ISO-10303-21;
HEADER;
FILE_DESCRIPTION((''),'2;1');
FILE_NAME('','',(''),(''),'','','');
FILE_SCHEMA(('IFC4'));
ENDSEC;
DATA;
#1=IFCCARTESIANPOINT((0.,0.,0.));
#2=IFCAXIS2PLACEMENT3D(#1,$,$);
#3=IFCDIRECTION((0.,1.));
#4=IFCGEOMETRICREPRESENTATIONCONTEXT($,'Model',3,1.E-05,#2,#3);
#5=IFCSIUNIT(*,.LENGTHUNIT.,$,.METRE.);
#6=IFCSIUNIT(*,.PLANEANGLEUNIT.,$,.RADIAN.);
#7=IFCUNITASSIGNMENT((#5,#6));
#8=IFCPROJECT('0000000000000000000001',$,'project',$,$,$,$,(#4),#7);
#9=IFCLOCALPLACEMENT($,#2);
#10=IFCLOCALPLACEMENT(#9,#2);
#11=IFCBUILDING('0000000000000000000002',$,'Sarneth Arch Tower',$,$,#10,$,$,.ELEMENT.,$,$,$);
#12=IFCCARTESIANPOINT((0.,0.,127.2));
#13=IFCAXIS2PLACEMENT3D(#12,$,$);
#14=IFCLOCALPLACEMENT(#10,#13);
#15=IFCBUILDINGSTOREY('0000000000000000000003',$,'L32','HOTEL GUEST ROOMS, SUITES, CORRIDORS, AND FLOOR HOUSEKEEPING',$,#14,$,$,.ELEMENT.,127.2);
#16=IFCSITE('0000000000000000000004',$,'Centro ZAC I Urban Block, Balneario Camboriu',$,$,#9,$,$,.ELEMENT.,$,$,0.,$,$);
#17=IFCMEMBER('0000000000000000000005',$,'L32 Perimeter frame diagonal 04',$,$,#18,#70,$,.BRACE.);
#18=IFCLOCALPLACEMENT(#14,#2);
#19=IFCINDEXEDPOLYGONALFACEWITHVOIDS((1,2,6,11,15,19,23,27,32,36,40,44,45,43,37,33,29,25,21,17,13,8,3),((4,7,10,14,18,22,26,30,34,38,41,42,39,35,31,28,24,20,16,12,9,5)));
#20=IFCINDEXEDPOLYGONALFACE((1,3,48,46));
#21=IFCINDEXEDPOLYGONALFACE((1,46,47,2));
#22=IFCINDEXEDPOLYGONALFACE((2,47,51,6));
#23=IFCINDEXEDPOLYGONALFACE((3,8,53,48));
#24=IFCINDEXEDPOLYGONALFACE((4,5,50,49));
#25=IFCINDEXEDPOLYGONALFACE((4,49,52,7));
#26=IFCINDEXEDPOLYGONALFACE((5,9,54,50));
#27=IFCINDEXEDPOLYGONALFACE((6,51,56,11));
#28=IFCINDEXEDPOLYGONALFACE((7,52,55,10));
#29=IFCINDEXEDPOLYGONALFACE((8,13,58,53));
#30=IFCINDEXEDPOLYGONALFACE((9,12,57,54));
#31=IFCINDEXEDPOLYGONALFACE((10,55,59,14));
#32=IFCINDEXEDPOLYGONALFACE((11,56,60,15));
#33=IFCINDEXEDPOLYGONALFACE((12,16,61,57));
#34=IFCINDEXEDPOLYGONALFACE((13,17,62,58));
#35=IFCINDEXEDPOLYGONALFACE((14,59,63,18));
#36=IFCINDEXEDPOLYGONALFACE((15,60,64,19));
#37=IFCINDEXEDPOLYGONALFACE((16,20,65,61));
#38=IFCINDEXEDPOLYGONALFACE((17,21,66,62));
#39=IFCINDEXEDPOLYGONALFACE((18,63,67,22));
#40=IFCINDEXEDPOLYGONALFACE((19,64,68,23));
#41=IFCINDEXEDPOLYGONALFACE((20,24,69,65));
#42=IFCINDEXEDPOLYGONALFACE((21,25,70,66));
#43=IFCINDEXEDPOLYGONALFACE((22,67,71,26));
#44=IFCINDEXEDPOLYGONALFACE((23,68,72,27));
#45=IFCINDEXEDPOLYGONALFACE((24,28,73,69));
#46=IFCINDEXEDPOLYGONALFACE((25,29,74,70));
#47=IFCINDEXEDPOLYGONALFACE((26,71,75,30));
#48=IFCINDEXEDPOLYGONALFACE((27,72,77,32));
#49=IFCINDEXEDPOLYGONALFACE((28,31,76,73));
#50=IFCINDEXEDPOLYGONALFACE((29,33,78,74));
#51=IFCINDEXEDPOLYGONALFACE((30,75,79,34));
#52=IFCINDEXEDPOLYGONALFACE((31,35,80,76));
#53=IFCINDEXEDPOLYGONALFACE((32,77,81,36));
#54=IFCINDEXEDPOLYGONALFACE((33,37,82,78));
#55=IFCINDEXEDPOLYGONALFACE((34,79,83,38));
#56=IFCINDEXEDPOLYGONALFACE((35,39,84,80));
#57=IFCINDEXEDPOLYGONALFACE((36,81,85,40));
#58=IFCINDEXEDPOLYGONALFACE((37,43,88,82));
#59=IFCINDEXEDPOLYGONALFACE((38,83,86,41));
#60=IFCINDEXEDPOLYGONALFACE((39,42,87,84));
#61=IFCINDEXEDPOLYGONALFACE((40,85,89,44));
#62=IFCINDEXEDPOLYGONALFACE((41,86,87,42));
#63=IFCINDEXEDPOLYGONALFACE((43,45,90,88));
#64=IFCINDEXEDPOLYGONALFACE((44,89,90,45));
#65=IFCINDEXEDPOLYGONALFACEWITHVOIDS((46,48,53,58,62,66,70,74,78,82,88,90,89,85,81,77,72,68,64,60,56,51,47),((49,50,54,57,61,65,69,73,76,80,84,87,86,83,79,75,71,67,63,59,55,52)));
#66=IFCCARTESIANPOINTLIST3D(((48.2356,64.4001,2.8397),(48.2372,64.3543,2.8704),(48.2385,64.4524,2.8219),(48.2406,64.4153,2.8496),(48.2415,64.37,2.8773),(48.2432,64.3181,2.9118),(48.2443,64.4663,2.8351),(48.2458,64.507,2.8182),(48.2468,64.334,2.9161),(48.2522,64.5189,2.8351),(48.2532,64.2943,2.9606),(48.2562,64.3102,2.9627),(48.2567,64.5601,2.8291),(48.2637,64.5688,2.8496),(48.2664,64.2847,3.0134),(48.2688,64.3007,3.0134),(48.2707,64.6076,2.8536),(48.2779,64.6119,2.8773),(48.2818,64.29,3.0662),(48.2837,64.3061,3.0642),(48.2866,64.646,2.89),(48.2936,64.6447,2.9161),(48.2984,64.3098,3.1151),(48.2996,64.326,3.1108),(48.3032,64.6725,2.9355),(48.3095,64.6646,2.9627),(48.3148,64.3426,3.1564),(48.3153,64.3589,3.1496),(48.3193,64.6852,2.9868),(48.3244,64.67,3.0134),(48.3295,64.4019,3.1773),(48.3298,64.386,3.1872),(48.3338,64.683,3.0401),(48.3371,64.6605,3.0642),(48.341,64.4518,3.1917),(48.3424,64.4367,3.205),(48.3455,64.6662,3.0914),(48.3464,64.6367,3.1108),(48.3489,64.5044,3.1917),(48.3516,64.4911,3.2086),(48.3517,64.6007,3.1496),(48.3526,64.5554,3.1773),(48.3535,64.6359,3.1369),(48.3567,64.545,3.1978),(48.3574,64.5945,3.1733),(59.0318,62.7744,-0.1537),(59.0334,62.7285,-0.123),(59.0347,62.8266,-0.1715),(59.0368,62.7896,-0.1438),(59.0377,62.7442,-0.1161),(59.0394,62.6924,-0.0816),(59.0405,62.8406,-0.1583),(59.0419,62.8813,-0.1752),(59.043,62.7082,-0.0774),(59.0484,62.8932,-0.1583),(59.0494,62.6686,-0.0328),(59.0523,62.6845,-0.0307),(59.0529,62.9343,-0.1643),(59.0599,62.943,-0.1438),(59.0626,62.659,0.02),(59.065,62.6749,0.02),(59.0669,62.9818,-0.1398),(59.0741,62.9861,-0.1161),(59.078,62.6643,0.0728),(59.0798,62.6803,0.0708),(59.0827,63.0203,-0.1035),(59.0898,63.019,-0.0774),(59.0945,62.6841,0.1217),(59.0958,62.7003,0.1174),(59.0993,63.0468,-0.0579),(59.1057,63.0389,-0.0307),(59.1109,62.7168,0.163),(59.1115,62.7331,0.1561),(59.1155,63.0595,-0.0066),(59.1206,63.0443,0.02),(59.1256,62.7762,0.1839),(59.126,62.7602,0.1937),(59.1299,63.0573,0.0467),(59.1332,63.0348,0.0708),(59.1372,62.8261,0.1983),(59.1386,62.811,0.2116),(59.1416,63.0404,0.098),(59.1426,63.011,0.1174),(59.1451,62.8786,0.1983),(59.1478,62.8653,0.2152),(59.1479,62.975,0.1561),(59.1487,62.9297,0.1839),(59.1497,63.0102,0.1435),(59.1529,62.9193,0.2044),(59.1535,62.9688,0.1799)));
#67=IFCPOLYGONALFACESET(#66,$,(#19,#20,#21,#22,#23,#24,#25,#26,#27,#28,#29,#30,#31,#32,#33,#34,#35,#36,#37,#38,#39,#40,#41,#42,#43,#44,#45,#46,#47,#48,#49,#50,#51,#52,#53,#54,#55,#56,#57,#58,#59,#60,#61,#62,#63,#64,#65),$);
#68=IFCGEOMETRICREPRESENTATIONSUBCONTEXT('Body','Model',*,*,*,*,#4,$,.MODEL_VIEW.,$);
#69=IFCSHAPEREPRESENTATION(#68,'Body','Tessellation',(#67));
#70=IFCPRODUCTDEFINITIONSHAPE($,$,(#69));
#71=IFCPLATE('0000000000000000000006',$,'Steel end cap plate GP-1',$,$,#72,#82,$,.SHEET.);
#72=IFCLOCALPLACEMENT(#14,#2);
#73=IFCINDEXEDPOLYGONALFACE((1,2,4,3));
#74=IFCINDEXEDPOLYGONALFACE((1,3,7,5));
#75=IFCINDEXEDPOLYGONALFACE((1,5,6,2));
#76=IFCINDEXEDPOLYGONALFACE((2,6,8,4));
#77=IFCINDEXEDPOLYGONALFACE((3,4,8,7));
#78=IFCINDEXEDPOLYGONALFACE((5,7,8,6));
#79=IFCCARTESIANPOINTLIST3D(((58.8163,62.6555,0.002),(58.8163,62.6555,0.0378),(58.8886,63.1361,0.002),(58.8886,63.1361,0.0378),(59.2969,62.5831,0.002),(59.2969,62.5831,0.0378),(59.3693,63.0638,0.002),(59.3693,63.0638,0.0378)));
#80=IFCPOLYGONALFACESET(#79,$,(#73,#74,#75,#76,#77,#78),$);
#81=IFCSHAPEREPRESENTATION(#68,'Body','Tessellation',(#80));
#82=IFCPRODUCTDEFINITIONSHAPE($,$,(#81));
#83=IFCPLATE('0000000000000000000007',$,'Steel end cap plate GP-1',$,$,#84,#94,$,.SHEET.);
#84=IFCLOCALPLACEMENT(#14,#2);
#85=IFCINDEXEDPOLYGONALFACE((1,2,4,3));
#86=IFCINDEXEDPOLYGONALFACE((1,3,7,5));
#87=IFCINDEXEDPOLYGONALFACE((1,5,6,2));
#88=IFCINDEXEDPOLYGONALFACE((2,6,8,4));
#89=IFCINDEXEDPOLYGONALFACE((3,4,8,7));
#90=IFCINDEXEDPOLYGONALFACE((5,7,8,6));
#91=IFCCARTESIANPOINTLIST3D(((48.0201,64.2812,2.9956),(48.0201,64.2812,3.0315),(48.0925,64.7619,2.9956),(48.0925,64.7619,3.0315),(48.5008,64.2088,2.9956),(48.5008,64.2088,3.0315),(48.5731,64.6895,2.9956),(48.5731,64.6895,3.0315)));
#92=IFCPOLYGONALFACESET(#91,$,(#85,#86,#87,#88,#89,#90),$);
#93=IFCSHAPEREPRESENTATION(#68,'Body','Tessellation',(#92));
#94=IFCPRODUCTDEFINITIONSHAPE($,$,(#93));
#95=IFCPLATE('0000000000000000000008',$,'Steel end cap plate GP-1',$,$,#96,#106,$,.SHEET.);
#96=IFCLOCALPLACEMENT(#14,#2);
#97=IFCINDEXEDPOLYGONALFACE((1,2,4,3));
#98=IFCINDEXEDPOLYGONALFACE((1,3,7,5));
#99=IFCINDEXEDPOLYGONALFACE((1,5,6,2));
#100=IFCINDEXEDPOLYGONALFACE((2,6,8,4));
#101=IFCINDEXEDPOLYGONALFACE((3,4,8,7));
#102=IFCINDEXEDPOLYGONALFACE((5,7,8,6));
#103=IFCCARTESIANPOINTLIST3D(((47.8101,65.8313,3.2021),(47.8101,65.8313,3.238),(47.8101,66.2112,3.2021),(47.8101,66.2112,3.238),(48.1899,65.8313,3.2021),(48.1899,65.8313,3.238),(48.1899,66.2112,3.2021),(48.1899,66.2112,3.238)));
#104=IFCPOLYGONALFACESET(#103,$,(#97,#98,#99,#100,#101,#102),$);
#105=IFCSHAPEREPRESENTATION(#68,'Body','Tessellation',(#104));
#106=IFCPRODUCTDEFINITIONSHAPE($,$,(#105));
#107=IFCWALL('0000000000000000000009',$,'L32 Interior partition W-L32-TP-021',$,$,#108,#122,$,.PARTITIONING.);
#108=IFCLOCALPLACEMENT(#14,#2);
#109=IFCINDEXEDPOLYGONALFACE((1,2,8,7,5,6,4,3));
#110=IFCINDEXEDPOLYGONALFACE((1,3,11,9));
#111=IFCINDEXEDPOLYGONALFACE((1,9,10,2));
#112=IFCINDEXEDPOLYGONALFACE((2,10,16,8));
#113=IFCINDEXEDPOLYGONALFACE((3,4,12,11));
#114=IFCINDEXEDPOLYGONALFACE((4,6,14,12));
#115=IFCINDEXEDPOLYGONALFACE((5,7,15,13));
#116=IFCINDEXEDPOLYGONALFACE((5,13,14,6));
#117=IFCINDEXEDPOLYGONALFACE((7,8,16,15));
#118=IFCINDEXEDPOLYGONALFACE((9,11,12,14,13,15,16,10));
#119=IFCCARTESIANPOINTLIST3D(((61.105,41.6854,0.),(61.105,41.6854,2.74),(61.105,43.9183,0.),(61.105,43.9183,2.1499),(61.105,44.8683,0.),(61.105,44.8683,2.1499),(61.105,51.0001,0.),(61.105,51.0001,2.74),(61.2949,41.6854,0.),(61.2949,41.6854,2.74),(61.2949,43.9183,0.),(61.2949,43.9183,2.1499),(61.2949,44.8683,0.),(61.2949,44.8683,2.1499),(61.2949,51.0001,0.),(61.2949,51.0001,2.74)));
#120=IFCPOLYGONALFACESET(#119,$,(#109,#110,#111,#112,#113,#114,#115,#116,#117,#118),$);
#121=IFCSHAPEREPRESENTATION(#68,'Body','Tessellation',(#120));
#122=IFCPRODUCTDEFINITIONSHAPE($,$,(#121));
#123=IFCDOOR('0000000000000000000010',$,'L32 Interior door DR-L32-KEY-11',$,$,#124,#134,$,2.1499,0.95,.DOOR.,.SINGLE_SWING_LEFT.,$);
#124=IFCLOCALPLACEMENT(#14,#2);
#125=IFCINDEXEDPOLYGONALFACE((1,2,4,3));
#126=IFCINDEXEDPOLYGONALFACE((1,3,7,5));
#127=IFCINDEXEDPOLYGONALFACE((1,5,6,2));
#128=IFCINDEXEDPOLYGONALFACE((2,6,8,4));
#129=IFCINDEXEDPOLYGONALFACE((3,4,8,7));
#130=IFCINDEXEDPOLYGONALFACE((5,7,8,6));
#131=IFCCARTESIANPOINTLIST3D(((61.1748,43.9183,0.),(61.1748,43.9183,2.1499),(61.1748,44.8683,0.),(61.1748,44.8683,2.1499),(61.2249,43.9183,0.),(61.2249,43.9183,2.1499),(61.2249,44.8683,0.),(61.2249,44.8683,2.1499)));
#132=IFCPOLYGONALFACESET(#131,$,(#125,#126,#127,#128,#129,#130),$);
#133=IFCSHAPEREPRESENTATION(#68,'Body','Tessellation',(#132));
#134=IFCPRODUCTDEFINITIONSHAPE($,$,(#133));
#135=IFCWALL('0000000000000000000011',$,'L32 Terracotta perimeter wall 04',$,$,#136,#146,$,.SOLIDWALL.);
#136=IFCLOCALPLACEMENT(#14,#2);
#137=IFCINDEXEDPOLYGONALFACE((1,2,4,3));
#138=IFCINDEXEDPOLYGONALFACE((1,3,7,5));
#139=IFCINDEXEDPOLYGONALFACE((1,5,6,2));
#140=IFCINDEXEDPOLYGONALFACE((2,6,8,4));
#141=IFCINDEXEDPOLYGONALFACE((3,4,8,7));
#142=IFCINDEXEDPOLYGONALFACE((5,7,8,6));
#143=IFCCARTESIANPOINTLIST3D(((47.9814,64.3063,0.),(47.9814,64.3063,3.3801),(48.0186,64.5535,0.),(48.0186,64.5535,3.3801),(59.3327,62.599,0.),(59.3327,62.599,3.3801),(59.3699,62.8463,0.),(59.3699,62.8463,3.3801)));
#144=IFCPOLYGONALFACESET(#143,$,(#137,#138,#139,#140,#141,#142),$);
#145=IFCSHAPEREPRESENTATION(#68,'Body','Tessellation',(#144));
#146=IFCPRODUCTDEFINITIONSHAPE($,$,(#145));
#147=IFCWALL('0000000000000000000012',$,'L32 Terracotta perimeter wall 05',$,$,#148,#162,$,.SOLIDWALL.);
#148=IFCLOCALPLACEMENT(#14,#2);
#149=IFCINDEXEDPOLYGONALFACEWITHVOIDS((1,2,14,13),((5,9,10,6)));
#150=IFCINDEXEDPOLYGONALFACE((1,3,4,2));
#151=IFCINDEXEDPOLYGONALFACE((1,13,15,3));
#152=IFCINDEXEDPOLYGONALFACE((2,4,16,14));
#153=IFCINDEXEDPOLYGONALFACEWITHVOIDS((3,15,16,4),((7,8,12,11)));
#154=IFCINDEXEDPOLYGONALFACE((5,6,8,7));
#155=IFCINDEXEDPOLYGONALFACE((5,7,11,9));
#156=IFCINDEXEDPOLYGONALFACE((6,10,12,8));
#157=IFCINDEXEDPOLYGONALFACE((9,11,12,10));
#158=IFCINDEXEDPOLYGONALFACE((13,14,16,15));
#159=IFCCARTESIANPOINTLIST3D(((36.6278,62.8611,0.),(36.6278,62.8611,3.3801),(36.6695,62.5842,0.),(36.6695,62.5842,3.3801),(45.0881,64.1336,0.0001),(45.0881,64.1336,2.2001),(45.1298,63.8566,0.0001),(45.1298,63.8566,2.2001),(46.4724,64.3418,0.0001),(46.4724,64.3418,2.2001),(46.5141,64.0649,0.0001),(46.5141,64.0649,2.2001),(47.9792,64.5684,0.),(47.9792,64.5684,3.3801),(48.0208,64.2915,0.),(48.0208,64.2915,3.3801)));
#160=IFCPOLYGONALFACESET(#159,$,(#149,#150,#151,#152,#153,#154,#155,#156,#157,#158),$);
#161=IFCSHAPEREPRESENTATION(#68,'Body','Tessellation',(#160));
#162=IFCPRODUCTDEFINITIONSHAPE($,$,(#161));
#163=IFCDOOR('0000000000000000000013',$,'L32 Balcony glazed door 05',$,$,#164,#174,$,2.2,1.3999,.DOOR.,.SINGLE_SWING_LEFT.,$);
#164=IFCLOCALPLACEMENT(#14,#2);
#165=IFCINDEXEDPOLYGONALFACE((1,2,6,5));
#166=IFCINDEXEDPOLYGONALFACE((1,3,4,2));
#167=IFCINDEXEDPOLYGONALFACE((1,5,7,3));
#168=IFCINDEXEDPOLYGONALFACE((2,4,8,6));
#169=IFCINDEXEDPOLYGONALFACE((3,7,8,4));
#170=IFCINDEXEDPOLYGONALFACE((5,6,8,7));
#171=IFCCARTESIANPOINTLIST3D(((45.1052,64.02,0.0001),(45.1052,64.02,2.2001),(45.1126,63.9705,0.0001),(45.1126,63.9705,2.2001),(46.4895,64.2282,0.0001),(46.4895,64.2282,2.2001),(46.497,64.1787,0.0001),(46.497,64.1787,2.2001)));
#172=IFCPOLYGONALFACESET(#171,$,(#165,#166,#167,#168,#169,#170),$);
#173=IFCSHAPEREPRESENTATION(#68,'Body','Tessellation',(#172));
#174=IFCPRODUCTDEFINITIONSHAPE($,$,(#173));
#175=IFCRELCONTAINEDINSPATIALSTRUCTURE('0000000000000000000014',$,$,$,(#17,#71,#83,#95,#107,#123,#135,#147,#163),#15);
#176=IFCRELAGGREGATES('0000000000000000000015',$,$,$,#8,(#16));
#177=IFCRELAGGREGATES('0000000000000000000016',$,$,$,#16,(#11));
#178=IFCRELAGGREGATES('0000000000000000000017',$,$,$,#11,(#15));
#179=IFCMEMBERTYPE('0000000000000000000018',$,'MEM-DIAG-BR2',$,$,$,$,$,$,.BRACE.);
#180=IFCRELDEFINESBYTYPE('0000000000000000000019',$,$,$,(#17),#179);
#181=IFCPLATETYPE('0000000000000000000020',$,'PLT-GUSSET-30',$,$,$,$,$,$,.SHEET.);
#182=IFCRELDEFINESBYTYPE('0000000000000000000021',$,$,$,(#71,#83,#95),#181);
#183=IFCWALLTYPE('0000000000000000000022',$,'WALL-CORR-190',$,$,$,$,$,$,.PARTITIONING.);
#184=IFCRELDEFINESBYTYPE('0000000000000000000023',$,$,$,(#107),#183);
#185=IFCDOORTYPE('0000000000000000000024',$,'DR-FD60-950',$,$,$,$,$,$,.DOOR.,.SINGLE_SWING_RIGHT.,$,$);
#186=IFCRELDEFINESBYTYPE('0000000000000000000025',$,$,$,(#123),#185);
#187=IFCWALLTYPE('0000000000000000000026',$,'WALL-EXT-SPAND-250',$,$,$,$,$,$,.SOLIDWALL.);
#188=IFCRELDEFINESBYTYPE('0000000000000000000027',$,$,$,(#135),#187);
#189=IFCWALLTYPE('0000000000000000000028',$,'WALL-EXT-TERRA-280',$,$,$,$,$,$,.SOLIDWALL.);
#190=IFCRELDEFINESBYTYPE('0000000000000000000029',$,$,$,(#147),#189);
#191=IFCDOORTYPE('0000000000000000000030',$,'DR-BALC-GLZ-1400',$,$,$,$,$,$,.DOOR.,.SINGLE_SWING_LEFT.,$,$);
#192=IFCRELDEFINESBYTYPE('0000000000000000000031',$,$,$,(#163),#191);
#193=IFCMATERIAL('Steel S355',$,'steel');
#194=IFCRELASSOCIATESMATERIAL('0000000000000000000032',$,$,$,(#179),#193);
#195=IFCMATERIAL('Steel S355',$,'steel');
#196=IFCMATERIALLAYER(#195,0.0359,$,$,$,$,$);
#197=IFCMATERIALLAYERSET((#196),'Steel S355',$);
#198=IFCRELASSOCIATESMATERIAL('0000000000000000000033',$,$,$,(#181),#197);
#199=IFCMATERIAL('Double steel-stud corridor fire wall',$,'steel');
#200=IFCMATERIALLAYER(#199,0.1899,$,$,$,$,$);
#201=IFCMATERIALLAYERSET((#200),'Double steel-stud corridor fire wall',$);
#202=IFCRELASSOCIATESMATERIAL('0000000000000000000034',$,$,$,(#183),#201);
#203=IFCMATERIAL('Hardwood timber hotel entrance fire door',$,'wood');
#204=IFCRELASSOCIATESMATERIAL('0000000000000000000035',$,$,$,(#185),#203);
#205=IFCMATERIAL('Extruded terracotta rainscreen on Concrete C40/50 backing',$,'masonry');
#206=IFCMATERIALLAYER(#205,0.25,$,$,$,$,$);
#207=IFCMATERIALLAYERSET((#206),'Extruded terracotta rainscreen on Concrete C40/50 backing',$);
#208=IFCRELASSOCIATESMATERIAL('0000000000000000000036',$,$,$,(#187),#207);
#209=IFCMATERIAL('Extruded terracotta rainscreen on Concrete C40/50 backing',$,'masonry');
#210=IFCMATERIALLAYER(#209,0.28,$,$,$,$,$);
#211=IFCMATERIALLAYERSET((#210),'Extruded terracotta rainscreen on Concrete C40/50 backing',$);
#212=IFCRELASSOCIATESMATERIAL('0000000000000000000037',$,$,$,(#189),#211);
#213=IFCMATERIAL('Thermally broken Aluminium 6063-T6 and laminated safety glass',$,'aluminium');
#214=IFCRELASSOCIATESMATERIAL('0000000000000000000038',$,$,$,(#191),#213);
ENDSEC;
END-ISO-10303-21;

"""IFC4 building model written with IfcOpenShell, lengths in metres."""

from ifc_helpers import new_model, si_unit, direction, frame, frame_2d, origin, origin_2d, place, context, subcontext, project, spatial, rectangle, hollow_circle, extrude, material, layer, layer_set, material_profile, profile_set, type_object, element, fill, save


model = new_model("IFC4")

# Units and contexts
model_context = context("Model", 3, precision=1e-05, world=origin(), true_north=direction((0.0, 1.0)))
body_context = subcontext(model_context, "Body", "Model", "MODEL_VIEW")
ifc_project = project(units=[si_unit("LENGTHUNIT", "METRE"), si_unit("PLANEANGLEUNIT", "RADIAN")], contexts=[model_context])

# Site, building, storey
site_placement = place(None, origin())
site = spatial("IfcSite", under=ifc_project, at=site_placement, Name="Centro ZAC I Urban Block, Balneario Camboriu", CompositionType="ELEMENT", RefElevation=0.0)
building_placement = place(site_placement, origin())
building = spatial("IfcBuilding", under=site, at=building_placement, Name="Sarneth Arch Tower", CompositionType="ELEMENT")
storey_placement = place(building_placement, frame((0.0, 0.0, 127.2)))
storey = spatial("IfcBuildingStorey", under=building, at=storey_placement, Name="L32", Description="HOTEL GUEST ROOMS, SUITES, CORRIDORS, AND FLOOR HOUSEKEEPING", CompositionType="ELEMENT", Elevation=127.2)

# Member
ifc_material_1 = material(Name="Steel S355", Category="steel")
ifc_material_profile_1 = material_profile(ifc_material_1, hollow_circle(Radius=0.2029, WallThickness=0.0161, at=origin_2d()), Name="CHS406x16")
ifc_profile_set_1 = profile_set([ifc_material_profile_1], Name="Steel S355")
member_type_1 = type_object("IfcMemberType", Name="MEM-DIAG-BR2", PredefinedType="BRACE", material=ifc_profile_set_1)
member_1_placement = place(storey_placement, frame((59.0928, 62.8596, 0.02), z_axis=(-0.953657, 0.143606, 0.264417), x_axis=(-0.148906, -0.988851, 0.0)))
element("IfcMember", 1, at=member_1_placement, inside=storey, type_object=member_type_1, Name="L32 Perimeter frame diagonal 04", PredefinedType="BRACE", context=body_context, shape_type="SweptSolid", body=[
    extrude(hollow_circle(Radius=0.2029, WallThickness=0.0161, at=origin_2d()), origin(), (0.0, 0.0, 1.0), 11.3208),
])

# Plates
ifc_material_2 = material(Name="Steel S355", Category="steel")
ifc_layer_1 = layer(ifc_material_2, 0.0359)
ifc_layer_set_1 = layer_set([ifc_layer_1], Name="Steel S355")
plate_type = type_object("IfcPlateType", Name="PLT-GUSSET-30", PredefinedType="SHEET", material=ifc_layer_set_1)
for number, where, z_axis, x_axis, name in (
    (2, (59.0928, 62.8596, 0.002), (0.0, 0.0, 1.0), (-0.988861, 0.148845, 0.0), "Steel end cap plate GP-1"),
    (3, (48.2966, 64.4854, 2.9956), (0.0, 0.0, 1.0), (-0.988861, 0.148845, 0.0), "Steel end cap plate GP-1"),
):
    element("IfcPlate", number, at=place(storey_placement, frame(where, z_axis=z_axis, x_axis=x_axis)), inside=storey, type_object=plate_type, Name=name, PredefinedType="SHEET", context=body_context, shape_type="SweptSolid", body=[
        extrude(rectangle(XDim=0.4861, YDim=0.4861, at=origin_2d()), origin(), (0.0, 0.0, 1.0), 0.0359),
    ])
plate_placement = place(storey_placement, frame((48.0, 66.0212, 3.2021), z_axis=(0.0, 0.0, 1.0), x_axis=(0.0, 1.0, 0.0)))
element("IfcPlate", 4, at=plate_placement, inside=storey, type_object=plate_type, Name="Steel end cap plate GP-1", PredefinedType="SHEET", context=body_context, shape_type="SweptSolid", body=[
    extrude(rectangle(XDim=0.3799, YDim=0.3799, at=origin_2d()), origin(), (0.0, 0.0, 1.0), 0.0359),
])

# Wall, opening, door
ifc_material_3 = material(Name="Double steel-stud corridor fire wall", Category="steel")
ifc_layer_2 = layer(ifc_material_3, 0.1899)
ifc_layer_set_2 = layer_set([ifc_layer_2], Name="Double steel-stud corridor fire wall")
wall_type_1 = type_object("IfcWallType", Name="WALL-CORR-190", PredefinedType="PARTITIONING", material=ifc_layer_set_2)
wall_1_placement = place(storey_placement, frame((61.2, 51.0, 0.0), z_axis=(0.0, 0.0, 1.0), x_axis=(0.0, -1.0, 0.0)))
wall_1 = element("IfcWall", 5, at=wall_1_placement, inside=storey, type_object=wall_type_1, Name="L32 Interior partition W-L32-TP-021", PredefinedType="PARTITIONING", context=body_context, shape_type="SweptSolid", body=[
    extrude(rectangle(XDim=9.3147, YDim=0.1899, at=frame_2d((4.6572, 0.0))), origin(), (0.0, 0.0, 1.0), 2.74),
])
opening_1_placement = place(wall_1_placement, frame((6.1316, 0.0, 0.0)))
opening_1 = element("IfcOpeningElement", 6, at=opening_1_placement, cuts=wall_1, PredefinedType="OPENING", context=body_context, shape_type="SweptSolid", body=[
    extrude(rectangle(XDim=0.95, YDim=2.1499, at=frame_2d((0.4751, 1.075))), frame((0.0, 0.105, 0.0), z_axis=(0.0, -1.0, 0.0), x_axis=(1.0, 0.0, 0.0)), (0.0, 0.0, 1.0), 0.21),
])
ifc_material_4 = material(Name="Hardwood timber hotel entrance fire door", Category="wood")
door_type_1 = type_object("IfcDoorType", Name="DR-FD60-950", OperationType="SINGLE_SWING_RIGHT", PredefinedType="DOOR", material=ifc_material_4)
door_1_placement = place(opening_1_placement, origin())
door_1 = element("IfcDoor", 7, at=door_1_placement, inside=storey, type_object=door_type_1, Name="L32 Interior door DR-L32-KEY-11", OperationType="SINGLE_SWING_LEFT", OverallHeight=2.1499, OverallWidth=0.95, PredefinedType="DOOR", context=body_context, shape_type="SweptSolid", body=[
    extrude(rectangle(XDim=0.95, YDim=2.1499, at=frame_2d((0.4751, 1.075))), frame((0.0, 0.0249, 0.0), z_axis=(0.0, -1.0, 0.0), x_axis=(1.0, 0.0, 0.0)), (0.0, 0.0, 1.0), 0.05),
])
fill(opening_1, door_1)

# Wall
ifc_material_5 = material(Name="Extruded terracotta rainscreen on Concrete C40/50 backing", Category="masonry")
ifc_layer_3 = layer(ifc_material_5, 0.25)
ifc_layer_set_3 = layer_set([ifc_layer_3], Name="Extruded terracotta rainscreen on Concrete C40/50 backing")
wall_type_2 = type_object("IfcWallType", Name="WALL-EXT-SPAND-250", PredefinedType="SOLIDWALL", material=ifc_layer_set_3)
wall_2_placement = place(storey_placement, frame((59.3513, 62.7227, 0.0), z_axis=(0.0, 0.0, 1.0), x_axis=(-0.988878, 0.14873, 0.0)))
element("IfcWall", 8, at=wall_2_placement, inside=storey, type_object=wall_type_2, Name="L32 Terracotta perimeter wall 04", PredefinedType="SOLIDWALL", context=body_context, shape_type="SweptSolid", body=[
    extrude(rectangle(XDim=11.479, YDim=0.25, at=frame_2d((5.7395, 0.0))), origin(), (0.0, 0.0, 1.0), 3.3801),
])

# Wall, opening, door
ifc_material_6 = material(Name="Extruded terracotta rainscreen on Concrete C40/50 backing", Category="masonry")
ifc_layer_4 = layer(ifc_material_6, 0.28)
ifc_layer_set_4 = layer_set([ifc_layer_4], Name="Extruded terracotta rainscreen on Concrete C40/50 backing")
wall_type_3 = type_object("IfcWallType", Name="WALL-EXT-TERRA-280", PredefinedType="SOLIDWALL", material=ifc_layer_set_4)
wall_3_placement = place(storey_placement, frame((48.0, 64.4299, 0.0), z_axis=(0.0, 0.0, 1.0), x_axis=(-0.988878, -0.14873, 0.0)))
wall_3 = element("IfcWall", 9, at=wall_3_placement, inside=storey, type_object=wall_type_3, Name="L32 Terracotta perimeter wall 05", PredefinedType="SOLIDWALL", context=body_context, shape_type="SweptSolid", body=[
    extrude(rectangle(XDim=11.479, YDim=0.28, at=frame_2d((5.7395, 0.0))), origin(), (0.0, 0.0, 1.0), 3.3801),
])
opening_2_placement = place(wall_3_placement, frame((1.5237, 0.0, 0.0)))
opening_2 = element("IfcOpeningElement", 10, at=opening_2_placement, cuts=wall_3, PredefinedType="OPENING", context=body_context, shape_type="SweptSolid", body=[
    extrude(rectangle(XDim=1.3999, YDim=2.2, at=frame_2d((0.7, 1.1001))), frame((0.0, 0.1499, 0.0), z_axis=(0.0, -1.0, 0.0), x_axis=(1.0, 0.0, 0.0)), (0.0, 0.0, 1.0), 0.3),
])
ifc_material_7 = material(Name="Thermally broken Aluminium 6063-T6 and laminated safety glass", Category="aluminium")
door_type_2 = type_object("IfcDoorType", Name="DR-BALC-GLZ-1400", OperationType="SINGLE_SWING_LEFT", PredefinedType="DOOR", material=ifc_material_7)
door_2_placement = place(opening_2_placement, origin())
door_2 = element("IfcDoor", 11, at=door_2_placement, inside=storey, type_object=door_type_2, Name="L32 Balcony glazed door 05", OperationType="SINGLE_SWING_LEFT", OverallHeight=2.2, OverallWidth=1.3999, PredefinedType="DOOR", context=body_context, shape_type="SweptSolid", body=[
    extrude(rectangle(XDim=1.3999, YDim=2.2, at=frame_2d((0.7, 1.1001))), frame((0.0, 0.0249, 0.0), z_axis=(0.0, -1.0, 0.0), x_axis=(1.0, 0.0, 0.0)), (0.0, 0.0, 1.0), 0.05),
])
fill(opening_2, door_2)

save(model, "model.ifc")
